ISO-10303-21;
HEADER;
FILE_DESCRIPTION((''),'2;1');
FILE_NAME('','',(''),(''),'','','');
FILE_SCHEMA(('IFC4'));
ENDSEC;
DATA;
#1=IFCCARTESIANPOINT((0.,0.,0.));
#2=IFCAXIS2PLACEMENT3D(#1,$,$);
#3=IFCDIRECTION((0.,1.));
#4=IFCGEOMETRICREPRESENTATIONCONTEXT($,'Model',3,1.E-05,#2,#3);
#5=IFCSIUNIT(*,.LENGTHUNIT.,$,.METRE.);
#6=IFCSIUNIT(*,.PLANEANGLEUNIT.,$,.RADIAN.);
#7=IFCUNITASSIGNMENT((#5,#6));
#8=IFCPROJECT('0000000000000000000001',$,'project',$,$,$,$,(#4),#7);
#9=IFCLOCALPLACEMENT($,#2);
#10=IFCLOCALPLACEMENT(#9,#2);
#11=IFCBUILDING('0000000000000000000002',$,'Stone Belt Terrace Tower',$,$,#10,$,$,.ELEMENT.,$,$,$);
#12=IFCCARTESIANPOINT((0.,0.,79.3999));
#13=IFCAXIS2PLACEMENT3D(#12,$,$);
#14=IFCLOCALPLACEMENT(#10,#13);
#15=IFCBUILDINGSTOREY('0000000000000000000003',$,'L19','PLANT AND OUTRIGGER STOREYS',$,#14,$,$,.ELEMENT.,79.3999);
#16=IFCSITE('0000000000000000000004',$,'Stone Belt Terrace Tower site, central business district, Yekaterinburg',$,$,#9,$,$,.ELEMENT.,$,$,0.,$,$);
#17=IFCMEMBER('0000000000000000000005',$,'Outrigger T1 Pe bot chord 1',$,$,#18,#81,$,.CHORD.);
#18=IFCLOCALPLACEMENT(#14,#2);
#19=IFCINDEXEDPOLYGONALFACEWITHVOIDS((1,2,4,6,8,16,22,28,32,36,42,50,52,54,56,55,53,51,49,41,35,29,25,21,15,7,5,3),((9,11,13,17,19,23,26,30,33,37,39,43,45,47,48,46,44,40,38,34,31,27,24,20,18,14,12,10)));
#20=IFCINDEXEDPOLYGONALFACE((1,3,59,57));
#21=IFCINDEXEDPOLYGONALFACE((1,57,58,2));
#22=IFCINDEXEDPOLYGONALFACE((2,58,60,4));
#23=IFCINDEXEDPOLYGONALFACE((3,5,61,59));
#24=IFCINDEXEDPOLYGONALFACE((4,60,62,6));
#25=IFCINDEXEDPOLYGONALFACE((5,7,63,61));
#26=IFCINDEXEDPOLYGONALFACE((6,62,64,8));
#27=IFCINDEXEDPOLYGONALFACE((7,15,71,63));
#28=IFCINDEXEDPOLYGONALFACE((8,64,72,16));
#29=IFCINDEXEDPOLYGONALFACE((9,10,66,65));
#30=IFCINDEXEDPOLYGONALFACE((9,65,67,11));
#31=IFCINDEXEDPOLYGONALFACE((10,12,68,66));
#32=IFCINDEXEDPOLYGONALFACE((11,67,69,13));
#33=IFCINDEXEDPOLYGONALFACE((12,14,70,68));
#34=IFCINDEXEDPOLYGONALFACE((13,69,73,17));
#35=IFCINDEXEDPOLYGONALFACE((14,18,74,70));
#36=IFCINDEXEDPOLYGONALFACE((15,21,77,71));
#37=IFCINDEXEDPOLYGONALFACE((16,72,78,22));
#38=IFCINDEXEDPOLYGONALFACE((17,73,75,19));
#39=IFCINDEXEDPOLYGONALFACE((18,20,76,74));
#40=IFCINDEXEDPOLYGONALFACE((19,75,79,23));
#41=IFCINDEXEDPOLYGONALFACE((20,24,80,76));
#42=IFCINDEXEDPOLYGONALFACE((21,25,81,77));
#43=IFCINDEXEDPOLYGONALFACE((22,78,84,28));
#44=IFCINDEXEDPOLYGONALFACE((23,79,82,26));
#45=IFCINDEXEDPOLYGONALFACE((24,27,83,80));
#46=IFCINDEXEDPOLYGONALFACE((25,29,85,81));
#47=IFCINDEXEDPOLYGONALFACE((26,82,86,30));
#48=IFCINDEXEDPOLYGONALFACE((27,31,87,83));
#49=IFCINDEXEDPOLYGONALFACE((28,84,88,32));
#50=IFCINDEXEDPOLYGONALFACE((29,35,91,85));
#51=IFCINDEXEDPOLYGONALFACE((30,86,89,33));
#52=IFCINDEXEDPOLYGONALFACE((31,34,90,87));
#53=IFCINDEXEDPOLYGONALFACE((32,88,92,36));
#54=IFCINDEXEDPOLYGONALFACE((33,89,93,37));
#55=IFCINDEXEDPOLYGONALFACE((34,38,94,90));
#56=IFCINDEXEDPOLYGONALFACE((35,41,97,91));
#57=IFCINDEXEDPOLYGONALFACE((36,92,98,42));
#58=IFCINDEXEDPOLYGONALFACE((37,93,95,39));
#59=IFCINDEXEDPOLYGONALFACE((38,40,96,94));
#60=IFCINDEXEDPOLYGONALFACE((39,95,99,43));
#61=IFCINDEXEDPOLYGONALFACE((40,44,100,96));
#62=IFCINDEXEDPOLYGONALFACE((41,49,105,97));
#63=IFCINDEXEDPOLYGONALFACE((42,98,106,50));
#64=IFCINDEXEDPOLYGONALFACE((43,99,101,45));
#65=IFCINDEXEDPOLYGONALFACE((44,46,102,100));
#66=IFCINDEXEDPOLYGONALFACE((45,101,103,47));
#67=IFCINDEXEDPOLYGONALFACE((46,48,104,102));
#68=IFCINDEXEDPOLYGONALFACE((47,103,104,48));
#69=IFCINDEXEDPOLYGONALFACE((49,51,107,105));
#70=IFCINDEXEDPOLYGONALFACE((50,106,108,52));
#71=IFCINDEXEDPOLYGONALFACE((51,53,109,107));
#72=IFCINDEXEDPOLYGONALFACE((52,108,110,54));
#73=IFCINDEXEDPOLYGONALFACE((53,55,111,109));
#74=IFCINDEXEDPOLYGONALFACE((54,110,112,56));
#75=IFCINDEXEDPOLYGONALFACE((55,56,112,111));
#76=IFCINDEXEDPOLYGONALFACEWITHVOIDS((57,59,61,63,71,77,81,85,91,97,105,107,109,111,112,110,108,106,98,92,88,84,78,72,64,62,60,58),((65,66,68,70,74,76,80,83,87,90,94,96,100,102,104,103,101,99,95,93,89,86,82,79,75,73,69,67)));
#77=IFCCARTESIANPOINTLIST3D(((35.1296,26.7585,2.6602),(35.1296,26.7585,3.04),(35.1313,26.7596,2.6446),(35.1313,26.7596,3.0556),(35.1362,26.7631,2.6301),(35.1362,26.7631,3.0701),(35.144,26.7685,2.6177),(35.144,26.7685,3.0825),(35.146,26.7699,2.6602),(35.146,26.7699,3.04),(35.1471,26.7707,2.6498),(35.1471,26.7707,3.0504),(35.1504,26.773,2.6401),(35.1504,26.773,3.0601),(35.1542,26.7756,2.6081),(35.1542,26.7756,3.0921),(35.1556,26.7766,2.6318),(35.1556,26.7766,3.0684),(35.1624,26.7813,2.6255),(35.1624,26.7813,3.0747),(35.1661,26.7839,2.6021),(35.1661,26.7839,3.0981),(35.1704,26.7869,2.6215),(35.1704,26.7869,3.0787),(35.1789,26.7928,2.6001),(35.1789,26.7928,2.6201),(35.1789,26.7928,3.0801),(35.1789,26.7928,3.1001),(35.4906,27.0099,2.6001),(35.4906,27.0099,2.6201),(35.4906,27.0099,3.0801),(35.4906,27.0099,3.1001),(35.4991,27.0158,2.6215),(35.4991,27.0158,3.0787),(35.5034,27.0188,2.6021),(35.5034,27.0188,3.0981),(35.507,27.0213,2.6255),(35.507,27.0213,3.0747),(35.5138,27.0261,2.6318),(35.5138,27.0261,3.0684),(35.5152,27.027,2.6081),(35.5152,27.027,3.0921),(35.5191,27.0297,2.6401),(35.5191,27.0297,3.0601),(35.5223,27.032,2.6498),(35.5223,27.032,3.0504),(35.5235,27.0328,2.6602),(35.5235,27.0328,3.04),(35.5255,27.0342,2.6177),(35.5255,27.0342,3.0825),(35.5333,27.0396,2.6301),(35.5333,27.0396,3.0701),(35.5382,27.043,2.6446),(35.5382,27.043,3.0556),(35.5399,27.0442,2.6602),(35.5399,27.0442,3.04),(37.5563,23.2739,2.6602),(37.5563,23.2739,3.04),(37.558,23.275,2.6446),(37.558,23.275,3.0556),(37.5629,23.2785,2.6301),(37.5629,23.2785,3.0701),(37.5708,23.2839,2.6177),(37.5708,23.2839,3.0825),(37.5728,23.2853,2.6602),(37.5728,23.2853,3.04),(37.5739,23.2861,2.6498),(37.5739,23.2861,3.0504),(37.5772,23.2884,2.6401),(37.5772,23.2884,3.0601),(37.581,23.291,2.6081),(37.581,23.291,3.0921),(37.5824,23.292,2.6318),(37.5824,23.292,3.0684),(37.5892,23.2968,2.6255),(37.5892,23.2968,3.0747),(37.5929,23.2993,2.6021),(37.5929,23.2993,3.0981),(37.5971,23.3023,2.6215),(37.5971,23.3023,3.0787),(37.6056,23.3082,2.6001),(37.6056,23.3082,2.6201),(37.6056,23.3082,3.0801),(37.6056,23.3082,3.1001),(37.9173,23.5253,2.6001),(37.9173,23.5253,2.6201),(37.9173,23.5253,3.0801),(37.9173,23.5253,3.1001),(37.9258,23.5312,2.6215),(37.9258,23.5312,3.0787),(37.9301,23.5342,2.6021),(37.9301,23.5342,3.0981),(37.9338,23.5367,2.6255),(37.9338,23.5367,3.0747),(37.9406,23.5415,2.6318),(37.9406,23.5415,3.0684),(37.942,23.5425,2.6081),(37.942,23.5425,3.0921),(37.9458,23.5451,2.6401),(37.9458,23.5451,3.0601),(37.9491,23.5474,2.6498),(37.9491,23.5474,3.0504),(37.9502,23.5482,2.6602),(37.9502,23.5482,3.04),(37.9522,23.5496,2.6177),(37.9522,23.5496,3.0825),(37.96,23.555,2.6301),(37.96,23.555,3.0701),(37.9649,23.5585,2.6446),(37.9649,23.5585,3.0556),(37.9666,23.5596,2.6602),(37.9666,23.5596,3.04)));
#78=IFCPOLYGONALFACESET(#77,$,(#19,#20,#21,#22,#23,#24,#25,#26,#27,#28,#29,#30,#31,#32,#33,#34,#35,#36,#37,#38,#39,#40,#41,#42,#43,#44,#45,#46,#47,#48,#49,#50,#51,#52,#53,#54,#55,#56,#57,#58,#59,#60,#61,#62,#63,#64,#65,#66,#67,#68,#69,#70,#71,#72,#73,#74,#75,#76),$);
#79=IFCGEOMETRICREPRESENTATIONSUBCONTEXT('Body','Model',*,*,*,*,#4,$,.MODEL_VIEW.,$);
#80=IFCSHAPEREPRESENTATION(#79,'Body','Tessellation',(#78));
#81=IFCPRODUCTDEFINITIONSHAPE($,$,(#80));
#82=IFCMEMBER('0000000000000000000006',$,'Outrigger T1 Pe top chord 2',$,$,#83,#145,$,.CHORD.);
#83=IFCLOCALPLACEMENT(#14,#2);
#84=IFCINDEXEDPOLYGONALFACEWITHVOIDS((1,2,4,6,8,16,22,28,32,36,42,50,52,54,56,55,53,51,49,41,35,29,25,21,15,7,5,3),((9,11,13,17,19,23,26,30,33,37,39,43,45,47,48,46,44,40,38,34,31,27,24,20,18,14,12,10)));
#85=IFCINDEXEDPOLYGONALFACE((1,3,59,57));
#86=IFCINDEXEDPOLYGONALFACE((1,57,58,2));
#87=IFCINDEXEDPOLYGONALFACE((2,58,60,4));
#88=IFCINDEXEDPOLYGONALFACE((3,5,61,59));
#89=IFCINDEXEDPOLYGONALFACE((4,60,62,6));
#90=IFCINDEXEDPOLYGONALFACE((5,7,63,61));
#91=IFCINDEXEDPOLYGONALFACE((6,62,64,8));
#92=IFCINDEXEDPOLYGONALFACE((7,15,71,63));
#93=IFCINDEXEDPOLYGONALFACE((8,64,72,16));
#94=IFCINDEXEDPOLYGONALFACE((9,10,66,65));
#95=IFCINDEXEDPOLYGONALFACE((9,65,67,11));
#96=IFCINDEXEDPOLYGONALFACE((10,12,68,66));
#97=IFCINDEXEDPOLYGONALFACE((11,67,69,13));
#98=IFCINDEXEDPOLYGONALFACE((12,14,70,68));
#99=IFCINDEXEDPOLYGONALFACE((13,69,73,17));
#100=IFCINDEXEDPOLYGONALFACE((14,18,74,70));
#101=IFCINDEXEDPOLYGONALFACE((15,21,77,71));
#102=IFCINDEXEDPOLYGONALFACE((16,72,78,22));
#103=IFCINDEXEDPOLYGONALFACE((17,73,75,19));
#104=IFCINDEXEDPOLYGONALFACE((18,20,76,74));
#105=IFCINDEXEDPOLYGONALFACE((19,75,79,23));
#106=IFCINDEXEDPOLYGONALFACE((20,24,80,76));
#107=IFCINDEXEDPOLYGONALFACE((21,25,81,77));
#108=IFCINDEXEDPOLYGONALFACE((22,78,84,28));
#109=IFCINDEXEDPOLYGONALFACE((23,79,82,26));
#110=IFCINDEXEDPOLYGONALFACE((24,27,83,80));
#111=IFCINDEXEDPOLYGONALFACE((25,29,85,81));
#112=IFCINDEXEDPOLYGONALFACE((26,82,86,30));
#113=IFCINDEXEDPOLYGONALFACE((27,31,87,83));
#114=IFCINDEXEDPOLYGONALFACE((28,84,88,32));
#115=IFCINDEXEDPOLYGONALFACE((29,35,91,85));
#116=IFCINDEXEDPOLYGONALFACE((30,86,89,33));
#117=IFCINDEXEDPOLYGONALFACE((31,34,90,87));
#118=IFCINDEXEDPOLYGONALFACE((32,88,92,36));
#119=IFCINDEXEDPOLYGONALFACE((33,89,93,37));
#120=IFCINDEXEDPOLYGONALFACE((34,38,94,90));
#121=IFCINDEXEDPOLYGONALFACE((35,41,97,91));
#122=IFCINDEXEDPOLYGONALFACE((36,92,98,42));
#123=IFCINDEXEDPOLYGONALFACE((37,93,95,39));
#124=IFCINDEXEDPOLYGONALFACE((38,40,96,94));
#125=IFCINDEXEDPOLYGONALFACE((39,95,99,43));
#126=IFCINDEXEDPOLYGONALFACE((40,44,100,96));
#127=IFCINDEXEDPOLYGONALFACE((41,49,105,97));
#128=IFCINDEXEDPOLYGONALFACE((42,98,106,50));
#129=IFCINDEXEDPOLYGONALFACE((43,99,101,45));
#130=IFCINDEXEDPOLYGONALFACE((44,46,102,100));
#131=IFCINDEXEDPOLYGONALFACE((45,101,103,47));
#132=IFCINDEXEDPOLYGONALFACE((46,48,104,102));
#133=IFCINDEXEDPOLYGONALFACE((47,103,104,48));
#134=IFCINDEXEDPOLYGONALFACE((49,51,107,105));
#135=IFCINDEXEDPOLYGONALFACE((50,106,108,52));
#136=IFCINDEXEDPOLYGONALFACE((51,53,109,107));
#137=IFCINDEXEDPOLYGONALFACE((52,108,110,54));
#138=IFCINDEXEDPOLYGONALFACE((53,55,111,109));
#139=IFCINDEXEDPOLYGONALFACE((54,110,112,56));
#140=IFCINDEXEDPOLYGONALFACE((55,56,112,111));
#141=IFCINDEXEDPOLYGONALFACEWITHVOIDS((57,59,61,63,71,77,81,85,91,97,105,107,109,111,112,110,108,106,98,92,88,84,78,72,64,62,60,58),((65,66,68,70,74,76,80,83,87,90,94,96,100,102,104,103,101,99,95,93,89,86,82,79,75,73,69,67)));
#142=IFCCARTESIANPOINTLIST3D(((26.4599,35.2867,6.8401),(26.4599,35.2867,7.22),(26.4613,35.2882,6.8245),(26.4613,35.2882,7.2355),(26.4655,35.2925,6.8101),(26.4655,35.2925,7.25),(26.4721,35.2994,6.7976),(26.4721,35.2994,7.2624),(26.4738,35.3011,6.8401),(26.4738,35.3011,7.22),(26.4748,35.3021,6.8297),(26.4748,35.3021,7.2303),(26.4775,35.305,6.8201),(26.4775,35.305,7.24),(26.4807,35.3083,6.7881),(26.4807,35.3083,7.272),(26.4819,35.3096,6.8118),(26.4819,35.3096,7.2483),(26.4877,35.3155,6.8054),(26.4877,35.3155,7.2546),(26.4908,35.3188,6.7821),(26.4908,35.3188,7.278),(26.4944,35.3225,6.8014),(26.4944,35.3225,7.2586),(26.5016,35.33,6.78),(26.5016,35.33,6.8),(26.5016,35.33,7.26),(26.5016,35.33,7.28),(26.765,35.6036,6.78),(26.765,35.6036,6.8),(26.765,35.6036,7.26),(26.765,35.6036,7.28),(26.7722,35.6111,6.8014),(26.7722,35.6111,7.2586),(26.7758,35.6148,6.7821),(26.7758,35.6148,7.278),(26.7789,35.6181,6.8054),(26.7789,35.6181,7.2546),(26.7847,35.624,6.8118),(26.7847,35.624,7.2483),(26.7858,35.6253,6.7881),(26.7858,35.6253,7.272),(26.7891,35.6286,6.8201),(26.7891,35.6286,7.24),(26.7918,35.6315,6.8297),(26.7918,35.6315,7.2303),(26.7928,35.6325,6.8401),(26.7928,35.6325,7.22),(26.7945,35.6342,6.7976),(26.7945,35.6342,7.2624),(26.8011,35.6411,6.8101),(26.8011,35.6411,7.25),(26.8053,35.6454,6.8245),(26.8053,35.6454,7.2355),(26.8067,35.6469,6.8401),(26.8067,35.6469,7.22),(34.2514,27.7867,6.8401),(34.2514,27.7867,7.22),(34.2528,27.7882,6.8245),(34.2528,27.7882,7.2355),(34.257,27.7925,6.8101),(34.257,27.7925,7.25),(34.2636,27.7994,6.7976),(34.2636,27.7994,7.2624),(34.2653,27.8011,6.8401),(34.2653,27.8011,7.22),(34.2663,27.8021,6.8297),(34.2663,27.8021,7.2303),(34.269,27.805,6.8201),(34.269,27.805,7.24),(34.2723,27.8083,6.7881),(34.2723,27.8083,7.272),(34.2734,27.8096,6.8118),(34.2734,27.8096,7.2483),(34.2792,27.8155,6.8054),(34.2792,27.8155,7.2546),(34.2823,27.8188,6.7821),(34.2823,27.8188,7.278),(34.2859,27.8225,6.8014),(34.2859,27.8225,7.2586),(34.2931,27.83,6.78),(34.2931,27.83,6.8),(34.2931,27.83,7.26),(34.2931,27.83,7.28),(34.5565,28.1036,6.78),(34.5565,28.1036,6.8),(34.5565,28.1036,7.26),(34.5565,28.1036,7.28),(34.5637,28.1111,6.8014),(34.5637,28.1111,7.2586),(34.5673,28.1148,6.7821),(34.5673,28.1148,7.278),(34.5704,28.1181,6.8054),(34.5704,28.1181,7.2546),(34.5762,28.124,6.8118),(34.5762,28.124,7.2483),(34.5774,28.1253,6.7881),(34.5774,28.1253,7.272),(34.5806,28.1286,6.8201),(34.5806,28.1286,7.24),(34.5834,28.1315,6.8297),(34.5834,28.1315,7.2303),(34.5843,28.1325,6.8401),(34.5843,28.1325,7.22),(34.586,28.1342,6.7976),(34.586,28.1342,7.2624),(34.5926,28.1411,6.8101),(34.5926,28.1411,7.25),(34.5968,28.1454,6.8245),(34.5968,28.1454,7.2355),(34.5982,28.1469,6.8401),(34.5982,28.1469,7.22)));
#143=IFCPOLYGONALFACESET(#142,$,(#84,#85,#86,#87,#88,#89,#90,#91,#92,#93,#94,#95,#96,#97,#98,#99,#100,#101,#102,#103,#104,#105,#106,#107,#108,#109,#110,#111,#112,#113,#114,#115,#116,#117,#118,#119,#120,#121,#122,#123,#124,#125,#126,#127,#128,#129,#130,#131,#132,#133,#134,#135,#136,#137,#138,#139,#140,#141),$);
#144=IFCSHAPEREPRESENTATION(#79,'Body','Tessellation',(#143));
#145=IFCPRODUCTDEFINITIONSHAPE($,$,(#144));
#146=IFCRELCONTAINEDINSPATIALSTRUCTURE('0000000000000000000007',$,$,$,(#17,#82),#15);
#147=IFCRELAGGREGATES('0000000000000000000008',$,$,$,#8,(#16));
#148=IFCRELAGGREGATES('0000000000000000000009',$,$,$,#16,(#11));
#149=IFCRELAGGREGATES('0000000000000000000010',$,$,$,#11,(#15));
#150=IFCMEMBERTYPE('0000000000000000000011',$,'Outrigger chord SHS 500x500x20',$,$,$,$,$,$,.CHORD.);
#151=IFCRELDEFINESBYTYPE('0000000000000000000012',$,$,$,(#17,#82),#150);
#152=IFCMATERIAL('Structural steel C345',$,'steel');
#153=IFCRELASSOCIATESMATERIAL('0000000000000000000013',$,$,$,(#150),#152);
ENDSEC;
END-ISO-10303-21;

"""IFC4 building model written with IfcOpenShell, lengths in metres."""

from ifc_helpers import new_model, si_unit, direction, frame, origin, origin_2d, place, context, subcontext, project, spatial, hollow_rectangle, extrude, material, material_profile, profile_set, type_object, element, save


model = new_model("IFC4")

# Units and contexts
model_context = context("Model", 3, precision=1e-05, world=origin(), true_north=direction((0.0, 1.0)))
body_context = subcontext(model_context, "Body", "Model", "MODEL_VIEW")
ifc_project = project(units=[si_unit("LENGTHUNIT", "METRE"), si_unit("PLANEANGLEUNIT", "RADIAN")], contexts=[model_context])

# Site, building, storey
site_placement = place(None, origin())
site = spatial("IfcSite", under=ifc_project, at=site_placement, Name="Stone Belt Terrace Tower site, central business district, Yekaterinburg", CompositionType="ELEMENT", RefElevation=0.0)
building_placement = place(site_placement, origin())
building = spatial("IfcBuilding", under=site, at=building_placement, Name="Stone Belt Terrace Tower", CompositionType="ELEMENT")
storey_placement = place(building_placement, frame((0.0, 0.0, 79.3999)))
storey = spatial("IfcBuildingStorey", under=building, at=storey_placement, Name="L19", Description="PLANT AND OUTRIGGER STOREYS", CompositionType="ELEMENT", Elevation=79.3999)

# Members
ifc_material_1 = material(Name="Structural steel C345", Category="steel")
ifc_material_profile_1 = material_profile(ifc_material_1, hollow_rectangle(XDim=0.5, YDim=0.5, WallThickness=0.02, InnerFilletRadius=0.04, OuterFilletRadius=0.0601, at=origin_2d()), Name="SHS 500x500x20")
ifc_profile_set_1 = profile_set([ifc_material_profile_1], Name="Structural steel C345")
member_type_1 = type_object("IfcMemberType", Name="Outrigger chord SHS 500x500x20", PredefinedType="CHORD", material=ifc_profile_set_1)
for number, where, z_axis, x_axis, name in (
    (1, (37.7615, 23.4167, 2.8501), (-0.571489, 0.82061, 0.0), (-0.82061, -0.571489, 0.0), "Outrigger T1 Pe bot chord 1"),
):
    element("IfcMember", number, at=place(storey_placement, frame(where, z_axis=z_axis, x_axis=x_axis)), inside=storey, type_object=member_type_1, Name=name, PredefinedType="CHORD", context=body_context, shape_type="SweptSolid", body=[
        extrude(hollow_rectangle(XDim=0.5, YDim=0.5, WallThickness=0.02, InnerFilletRadius=0.04, OuterFilletRadius=0.0601, at=origin_2d()), origin(), (0.0, 0.0, 1.0), 4.2463),
    ])
for number, where, z_axis, x_axis, name in (
    (2, (34.4248, 27.9668, 7.03), (-0.720456, 0.693501, 0.0), (-0.693501, -0.720456, 0.0), "Outrigger T1 Pe top chord 2"),
):
    element("IfcMember", number, at=place(storey_placement, frame(where, z_axis=z_axis, x_axis=x_axis)), inside=storey, type_object=member_type_1, Name=name, PredefinedType="CHORD", context=body_context, shape_type="SweptSolid", body=[
        extrude(hollow_rectangle(XDim=0.5, YDim=0.5, WallThickness=0.02, InnerFilletRadius=0.04, OuterFilletRadius=0.0601, at=origin_2d()), origin(), (0.0, 0.0, 1.0), 10.8147),
    ])

save(model, "model.ifc")
